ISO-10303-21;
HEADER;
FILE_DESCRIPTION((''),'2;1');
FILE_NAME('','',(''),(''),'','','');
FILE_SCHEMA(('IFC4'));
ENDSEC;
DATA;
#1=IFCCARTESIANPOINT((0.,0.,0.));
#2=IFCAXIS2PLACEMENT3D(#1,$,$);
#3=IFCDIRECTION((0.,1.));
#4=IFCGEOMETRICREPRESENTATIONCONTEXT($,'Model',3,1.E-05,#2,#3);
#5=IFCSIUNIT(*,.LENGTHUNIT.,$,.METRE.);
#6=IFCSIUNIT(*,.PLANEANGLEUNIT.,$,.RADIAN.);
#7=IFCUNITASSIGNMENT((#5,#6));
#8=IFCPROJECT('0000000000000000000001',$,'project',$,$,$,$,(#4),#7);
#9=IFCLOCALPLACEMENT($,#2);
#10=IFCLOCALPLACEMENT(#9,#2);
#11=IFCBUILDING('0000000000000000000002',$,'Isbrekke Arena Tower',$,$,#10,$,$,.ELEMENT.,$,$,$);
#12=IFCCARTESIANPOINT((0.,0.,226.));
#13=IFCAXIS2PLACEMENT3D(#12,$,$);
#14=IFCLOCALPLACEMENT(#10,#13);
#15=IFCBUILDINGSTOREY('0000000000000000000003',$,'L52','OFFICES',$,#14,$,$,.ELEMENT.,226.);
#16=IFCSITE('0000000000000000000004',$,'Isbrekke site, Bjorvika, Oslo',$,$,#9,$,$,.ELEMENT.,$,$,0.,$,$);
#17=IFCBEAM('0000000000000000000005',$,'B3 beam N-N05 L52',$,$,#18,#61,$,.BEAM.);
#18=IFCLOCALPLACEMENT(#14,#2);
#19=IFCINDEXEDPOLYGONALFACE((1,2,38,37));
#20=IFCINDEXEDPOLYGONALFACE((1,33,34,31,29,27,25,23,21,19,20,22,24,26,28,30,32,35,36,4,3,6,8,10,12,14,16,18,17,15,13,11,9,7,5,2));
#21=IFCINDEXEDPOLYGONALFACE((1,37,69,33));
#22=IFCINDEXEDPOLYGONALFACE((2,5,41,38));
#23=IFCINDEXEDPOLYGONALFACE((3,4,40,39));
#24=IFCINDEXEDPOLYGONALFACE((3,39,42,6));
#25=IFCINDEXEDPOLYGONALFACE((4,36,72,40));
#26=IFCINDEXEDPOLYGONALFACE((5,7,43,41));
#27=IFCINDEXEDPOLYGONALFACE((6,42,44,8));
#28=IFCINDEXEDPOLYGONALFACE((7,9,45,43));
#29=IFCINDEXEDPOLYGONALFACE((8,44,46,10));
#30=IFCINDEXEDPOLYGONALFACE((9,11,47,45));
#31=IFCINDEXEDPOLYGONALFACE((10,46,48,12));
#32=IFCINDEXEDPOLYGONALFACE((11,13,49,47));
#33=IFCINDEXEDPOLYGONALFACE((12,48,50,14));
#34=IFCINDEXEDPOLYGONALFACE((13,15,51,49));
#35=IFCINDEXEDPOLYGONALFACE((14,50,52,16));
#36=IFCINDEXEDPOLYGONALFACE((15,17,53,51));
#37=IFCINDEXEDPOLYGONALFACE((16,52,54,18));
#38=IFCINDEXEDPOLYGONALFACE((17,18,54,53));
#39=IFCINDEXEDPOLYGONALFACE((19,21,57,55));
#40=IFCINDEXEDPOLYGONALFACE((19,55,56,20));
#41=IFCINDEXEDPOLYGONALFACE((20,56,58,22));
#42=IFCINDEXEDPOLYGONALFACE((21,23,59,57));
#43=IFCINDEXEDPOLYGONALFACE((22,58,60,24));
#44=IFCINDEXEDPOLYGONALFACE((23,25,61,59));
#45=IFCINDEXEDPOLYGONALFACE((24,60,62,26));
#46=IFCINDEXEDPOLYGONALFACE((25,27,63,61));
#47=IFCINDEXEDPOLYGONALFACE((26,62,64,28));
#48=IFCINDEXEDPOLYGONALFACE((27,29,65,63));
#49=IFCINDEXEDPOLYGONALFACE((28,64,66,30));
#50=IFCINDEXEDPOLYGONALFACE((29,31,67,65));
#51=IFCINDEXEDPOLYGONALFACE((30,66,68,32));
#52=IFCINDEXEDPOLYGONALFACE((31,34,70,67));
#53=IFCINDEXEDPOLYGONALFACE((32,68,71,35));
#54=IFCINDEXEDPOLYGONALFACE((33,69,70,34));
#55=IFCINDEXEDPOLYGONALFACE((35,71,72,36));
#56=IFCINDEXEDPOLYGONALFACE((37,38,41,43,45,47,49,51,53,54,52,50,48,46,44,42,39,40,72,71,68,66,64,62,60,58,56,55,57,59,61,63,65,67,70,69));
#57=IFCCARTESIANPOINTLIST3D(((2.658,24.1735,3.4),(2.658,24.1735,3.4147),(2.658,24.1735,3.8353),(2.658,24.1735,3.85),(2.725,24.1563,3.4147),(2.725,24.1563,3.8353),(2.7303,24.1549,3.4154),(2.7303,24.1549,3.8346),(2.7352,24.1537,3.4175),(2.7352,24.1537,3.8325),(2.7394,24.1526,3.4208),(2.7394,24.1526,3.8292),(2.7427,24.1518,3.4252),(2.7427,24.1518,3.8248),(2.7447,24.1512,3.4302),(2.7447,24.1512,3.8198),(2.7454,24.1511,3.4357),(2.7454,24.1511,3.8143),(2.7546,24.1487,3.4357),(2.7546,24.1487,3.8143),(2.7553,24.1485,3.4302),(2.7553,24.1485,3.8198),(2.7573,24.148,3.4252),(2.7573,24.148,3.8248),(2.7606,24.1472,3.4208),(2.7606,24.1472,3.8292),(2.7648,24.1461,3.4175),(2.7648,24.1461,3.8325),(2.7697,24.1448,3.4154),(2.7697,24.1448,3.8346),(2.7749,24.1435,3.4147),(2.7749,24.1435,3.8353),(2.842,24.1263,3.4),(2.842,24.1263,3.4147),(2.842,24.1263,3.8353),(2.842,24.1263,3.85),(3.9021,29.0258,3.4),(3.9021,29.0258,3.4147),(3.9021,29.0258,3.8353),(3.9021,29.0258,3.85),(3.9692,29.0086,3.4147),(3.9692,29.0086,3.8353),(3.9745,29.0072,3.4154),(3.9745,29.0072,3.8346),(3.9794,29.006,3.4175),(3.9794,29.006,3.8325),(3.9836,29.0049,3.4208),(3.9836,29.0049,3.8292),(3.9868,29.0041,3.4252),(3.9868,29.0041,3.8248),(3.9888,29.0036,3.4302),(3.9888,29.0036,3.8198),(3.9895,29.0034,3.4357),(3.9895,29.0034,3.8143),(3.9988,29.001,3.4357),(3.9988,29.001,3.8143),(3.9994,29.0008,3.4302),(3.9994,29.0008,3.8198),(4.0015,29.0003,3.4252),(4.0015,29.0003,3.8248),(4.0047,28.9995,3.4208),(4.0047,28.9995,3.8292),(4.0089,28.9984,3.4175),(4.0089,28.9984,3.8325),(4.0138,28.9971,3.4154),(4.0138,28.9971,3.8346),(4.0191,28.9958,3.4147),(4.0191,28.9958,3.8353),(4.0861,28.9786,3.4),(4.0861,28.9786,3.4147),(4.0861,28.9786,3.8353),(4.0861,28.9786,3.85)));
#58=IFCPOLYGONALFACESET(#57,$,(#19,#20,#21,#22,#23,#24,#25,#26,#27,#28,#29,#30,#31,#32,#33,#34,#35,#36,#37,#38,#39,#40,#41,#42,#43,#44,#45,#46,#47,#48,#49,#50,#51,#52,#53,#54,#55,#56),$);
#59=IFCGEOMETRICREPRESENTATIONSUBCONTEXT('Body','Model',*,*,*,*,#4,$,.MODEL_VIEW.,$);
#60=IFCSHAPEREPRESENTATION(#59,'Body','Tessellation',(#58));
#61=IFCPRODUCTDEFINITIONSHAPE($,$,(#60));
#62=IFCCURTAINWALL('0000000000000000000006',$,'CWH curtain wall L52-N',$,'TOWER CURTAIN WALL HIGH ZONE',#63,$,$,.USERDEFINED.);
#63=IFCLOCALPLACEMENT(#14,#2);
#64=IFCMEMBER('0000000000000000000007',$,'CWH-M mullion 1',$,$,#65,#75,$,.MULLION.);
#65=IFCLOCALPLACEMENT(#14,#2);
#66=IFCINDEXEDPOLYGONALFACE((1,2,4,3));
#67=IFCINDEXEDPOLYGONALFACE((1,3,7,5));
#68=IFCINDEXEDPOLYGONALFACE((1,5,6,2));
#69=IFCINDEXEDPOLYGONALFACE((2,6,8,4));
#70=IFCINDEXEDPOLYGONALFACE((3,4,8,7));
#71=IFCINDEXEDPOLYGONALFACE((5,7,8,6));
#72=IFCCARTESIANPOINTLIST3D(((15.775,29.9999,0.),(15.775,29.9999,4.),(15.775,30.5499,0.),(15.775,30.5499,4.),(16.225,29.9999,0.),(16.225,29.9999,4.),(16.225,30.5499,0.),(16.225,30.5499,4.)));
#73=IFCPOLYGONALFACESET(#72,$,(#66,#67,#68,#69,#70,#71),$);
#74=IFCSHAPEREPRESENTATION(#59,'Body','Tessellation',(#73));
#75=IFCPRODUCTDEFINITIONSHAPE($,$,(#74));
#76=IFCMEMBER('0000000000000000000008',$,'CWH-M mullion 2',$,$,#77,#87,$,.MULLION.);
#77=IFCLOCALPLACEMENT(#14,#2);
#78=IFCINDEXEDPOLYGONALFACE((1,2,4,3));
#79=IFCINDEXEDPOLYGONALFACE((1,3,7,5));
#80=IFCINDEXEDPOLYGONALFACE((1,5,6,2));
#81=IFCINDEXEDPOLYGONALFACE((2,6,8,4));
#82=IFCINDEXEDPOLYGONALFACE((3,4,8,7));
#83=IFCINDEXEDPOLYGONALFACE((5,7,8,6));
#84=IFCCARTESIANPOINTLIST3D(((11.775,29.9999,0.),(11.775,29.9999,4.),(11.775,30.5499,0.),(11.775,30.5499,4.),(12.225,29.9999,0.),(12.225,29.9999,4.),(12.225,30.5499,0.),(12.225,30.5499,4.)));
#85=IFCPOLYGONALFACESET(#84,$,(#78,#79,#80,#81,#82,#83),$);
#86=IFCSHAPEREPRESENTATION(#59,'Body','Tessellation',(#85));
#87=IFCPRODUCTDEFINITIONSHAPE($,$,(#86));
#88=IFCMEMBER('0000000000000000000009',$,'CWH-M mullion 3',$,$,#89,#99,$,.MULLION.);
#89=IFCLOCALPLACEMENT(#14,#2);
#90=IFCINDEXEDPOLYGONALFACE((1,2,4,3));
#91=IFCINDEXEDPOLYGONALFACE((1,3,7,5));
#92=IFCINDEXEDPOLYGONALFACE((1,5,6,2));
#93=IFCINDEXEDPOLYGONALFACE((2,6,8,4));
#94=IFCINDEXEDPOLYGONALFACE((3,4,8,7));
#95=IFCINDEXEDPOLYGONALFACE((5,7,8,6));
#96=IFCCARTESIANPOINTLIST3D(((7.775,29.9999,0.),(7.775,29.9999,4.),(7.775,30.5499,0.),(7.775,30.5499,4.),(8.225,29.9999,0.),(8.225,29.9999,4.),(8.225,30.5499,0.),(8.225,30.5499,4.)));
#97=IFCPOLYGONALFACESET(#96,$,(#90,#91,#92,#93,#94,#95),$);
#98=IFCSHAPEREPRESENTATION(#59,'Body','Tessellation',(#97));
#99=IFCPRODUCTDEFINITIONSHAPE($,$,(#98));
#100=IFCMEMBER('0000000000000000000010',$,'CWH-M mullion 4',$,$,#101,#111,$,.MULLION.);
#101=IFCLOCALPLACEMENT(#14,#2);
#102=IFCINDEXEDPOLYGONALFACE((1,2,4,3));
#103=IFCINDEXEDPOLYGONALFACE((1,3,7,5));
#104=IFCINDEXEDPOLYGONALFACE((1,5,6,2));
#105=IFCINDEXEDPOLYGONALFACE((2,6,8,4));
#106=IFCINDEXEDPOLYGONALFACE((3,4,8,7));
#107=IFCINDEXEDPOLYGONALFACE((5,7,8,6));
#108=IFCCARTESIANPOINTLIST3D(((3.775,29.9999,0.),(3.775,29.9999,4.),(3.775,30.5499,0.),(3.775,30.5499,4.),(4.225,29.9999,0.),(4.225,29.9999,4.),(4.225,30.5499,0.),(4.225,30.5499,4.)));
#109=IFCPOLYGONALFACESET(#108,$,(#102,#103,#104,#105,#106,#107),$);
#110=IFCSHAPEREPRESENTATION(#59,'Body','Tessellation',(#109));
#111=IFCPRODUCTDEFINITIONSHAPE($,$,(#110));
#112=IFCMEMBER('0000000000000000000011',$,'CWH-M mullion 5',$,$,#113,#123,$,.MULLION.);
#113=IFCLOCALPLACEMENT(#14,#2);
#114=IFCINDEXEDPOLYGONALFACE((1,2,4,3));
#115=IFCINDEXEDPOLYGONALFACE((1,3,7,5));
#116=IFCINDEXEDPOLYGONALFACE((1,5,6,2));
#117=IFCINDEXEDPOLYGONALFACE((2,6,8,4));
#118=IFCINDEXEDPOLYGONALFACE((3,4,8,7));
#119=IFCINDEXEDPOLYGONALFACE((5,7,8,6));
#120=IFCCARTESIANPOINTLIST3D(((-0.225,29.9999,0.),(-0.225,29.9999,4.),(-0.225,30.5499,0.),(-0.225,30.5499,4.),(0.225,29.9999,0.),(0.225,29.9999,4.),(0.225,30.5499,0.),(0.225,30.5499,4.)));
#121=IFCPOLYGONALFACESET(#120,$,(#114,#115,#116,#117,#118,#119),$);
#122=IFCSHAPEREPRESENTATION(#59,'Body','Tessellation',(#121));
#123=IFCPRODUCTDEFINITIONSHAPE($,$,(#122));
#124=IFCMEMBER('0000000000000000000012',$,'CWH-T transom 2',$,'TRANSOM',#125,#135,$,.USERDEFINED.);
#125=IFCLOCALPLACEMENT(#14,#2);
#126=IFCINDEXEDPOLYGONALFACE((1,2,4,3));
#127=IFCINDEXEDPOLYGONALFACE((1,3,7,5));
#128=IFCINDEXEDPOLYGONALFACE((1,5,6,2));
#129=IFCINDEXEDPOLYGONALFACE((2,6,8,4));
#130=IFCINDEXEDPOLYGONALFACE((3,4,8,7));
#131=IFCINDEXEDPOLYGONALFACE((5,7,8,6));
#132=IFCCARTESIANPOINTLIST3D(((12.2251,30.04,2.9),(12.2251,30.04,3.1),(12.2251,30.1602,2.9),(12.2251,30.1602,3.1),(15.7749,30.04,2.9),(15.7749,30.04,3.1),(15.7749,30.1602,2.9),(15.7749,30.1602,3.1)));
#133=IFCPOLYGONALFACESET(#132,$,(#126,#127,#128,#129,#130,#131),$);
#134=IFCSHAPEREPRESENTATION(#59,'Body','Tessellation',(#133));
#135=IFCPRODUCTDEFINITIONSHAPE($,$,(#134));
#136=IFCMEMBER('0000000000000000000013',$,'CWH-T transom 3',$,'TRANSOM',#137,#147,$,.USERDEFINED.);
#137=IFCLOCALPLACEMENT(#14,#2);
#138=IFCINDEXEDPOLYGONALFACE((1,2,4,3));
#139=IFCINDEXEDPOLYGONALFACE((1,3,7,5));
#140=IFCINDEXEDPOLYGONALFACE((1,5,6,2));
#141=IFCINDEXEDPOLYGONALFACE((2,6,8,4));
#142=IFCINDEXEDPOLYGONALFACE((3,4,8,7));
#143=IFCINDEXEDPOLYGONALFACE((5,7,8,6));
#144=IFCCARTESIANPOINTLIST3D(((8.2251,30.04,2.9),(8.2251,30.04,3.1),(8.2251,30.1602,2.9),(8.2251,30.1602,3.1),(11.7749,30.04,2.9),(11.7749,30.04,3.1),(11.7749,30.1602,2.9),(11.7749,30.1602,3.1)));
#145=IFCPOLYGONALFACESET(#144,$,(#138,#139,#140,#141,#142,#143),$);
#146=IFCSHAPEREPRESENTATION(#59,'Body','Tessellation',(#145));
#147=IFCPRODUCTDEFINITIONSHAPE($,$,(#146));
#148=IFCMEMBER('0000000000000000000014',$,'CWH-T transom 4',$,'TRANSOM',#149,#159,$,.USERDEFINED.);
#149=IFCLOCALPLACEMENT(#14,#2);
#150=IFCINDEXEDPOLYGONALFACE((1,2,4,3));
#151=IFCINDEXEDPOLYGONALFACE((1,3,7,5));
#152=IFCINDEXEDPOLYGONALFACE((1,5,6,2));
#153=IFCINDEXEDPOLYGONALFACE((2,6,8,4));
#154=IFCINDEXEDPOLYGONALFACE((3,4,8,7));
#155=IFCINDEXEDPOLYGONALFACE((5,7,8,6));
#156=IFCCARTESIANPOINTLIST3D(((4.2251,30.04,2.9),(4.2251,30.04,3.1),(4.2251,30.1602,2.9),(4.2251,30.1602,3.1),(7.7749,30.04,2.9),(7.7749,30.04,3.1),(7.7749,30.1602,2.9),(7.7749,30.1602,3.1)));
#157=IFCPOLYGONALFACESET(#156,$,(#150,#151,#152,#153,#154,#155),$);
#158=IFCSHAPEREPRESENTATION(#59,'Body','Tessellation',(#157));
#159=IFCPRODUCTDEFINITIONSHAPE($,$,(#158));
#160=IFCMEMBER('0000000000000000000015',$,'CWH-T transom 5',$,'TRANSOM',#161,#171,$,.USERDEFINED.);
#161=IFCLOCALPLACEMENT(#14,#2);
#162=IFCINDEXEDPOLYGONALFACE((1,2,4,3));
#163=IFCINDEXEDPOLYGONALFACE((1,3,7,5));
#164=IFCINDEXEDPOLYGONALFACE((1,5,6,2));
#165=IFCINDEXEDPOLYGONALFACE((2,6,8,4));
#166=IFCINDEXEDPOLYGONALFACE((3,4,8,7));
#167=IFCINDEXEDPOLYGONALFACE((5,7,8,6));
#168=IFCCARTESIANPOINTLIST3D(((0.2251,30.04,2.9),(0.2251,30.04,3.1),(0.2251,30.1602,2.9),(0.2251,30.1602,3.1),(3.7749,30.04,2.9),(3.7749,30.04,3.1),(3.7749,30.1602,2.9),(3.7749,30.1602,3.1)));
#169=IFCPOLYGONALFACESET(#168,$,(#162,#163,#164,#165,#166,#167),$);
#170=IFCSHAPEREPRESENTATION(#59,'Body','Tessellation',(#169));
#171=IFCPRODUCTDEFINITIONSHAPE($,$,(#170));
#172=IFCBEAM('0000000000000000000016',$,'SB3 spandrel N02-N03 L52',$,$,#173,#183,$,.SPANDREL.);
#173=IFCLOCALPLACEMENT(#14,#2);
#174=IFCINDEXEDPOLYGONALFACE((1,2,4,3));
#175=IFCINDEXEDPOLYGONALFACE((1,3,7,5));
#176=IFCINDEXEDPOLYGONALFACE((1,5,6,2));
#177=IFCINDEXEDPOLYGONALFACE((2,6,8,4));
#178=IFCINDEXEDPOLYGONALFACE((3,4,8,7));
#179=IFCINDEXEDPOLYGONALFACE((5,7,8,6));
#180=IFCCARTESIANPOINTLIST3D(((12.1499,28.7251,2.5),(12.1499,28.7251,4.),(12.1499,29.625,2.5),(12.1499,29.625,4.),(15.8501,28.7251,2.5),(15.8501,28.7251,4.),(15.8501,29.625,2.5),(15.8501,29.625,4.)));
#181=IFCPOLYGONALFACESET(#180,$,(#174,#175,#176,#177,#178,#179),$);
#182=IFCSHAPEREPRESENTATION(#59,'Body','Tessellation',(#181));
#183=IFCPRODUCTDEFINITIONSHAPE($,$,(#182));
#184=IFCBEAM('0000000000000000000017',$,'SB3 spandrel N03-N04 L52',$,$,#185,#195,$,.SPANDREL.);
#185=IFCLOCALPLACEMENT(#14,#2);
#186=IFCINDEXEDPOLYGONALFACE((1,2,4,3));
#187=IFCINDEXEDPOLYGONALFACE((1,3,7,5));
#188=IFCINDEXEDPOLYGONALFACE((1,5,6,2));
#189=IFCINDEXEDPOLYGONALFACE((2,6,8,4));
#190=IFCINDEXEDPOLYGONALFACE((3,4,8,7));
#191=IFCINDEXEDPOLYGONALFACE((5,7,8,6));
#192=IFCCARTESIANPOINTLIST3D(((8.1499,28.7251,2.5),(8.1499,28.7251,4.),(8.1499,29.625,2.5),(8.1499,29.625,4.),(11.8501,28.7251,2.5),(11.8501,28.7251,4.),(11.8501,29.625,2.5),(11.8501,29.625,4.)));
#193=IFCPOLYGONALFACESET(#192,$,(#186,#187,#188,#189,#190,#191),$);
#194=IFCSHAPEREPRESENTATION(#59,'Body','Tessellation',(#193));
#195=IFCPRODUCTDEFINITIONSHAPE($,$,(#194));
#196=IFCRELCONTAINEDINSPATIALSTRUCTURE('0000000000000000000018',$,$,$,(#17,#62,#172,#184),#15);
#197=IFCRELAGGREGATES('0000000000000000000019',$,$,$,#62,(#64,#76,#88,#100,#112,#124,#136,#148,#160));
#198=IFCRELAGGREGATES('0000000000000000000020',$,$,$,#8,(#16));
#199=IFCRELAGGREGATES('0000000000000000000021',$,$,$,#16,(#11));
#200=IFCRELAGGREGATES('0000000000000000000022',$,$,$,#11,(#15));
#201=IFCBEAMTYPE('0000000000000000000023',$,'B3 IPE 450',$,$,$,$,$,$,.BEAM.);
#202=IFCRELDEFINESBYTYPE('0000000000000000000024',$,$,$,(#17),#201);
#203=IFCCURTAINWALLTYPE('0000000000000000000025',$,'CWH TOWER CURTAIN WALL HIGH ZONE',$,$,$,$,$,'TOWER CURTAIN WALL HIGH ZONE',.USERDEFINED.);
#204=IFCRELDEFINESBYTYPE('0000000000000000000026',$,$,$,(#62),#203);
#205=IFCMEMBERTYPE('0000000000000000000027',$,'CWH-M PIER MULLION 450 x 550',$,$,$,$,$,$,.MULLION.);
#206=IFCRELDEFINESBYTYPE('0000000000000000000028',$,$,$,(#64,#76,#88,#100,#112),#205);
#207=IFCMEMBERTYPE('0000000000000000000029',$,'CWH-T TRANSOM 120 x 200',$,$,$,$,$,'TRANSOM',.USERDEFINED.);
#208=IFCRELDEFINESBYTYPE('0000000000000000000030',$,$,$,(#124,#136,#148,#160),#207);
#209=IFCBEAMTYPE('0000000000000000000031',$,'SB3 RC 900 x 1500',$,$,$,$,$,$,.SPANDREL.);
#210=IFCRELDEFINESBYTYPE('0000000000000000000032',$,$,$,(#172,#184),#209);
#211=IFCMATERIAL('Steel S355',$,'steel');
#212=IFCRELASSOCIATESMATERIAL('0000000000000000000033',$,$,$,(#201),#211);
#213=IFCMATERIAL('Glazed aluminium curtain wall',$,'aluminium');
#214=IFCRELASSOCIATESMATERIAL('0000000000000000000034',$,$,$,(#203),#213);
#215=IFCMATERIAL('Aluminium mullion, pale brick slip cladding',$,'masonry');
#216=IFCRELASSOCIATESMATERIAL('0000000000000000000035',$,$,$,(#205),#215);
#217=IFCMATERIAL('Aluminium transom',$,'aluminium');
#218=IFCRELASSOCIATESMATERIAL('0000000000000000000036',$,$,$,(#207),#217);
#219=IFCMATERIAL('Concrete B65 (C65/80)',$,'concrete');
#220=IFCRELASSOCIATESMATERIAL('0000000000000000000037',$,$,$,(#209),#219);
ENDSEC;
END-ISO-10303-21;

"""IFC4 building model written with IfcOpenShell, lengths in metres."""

from ifc_helpers import new_model, si_unit, direction, frame, origin, origin_2d, place, context, subcontext, project, spatial, rectangle, i_section, extrude, material, material_profile, profile_set, type_object, element, aggregate, save


model = new_model("IFC4")

# Units and contexts
model_context = context("Model", 3, precision=1e-05, world=origin(), true_north=direction((0.0, 1.0)))
body_context = subcontext(model_context, "Body", "Model", "MODEL_VIEW")
ifc_project = project(units=[si_unit("LENGTHUNIT", "METRE"), si_unit("PLANEANGLEUNIT", "RADIAN")], contexts=[model_context])

# Site, building, storey
site_placement = place(None, origin())
site = spatial("IfcSite", under=ifc_project, at=site_placement, Name="Isbrekke site, Bjorvika, Oslo", CompositionType="ELEMENT", RefElevation=0.0)
building_placement = place(site_placement, origin())
building = spatial("IfcBuilding", under=site, at=building_placement, Name="Isbrekke Arena Tower", CompositionType="ELEMENT")
storey_placement = place(building_placement, frame((0.0, 0.0, 226.0)))
storey = spatial("IfcBuildingStorey", under=building, at=storey_placement, Name="L52", Description="OFFICES", CompositionType="ELEMENT", Elevation=226.0)

# Beam
ifc_material_1 = material(Name="Steel S355", Category="steel")
ifc_material_profile_1 = material_profile(ifc_material_1, i_section(OverallWidth=0.1899, OverallDepth=0.45, WebThickness=0.0095, FlangeThickness=0.0146, FilletRadius=0.021, at=origin_2d()), Name="IPE 450")
ifc_profile_set_1 = profile_set([ifc_material_profile_1], Name="Steel S355")
beam_type_1 = type_object("IfcBeamType", Name="B3 IPE 450", PredefinedType="BEAM", material=ifc_profile_set_1)
beam_1_placement = place(storey_placement, frame((3.9941, 29.0022, 3.625), z_axis=(-0.248368, -0.968666, 0.0), x_axis=(0.968666, -0.248368, 0.0)))
element("IfcBeam", 1, at=beam_1_placement, inside=storey, type_object=beam_type_1, Name="B3 beam N-N05 L52", PredefinedType="BEAM", context=body_context, shape_type="SweptSolid", body=[
    extrude(i_section(OverallWidth=0.1899, OverallDepth=0.45, WebThickness=0.0095, FlangeThickness=0.0146, FilletRadius=0.021, at=origin_2d()), origin(), (0.0, 0.0, 1.0), 5.0093),
])

# Curtain wall, members
ifc_material_2 = material(Name="Glazed aluminium curtain wall", Category="aluminium")
curtain_wall_type = type_object("IfcCurtainWallType", Name="CWH TOWER CURTAIN WALL HIGH ZONE", ElementType="TOWER CURTAIN WALL HIGH ZONE", PredefinedType="USERDEFINED", material=ifc_material_2)
curtain_wall_placement = place(storey_placement, origin())
curtain_wall = element("IfcCurtainWall", 2, at=curtain_wall_placement, inside=storey, type_object=curtain_wall_type, Name="CWH curtain wall L52-N", ObjectType="TOWER CURTAIN WALL HIGH ZONE", PredefinedType="USERDEFINED")
ifc_material_3 = material(Name="Aluminium mullion, pale brick slip cladding", Category="masonry")
ifc_material_profile_2 = material_profile(ifc_material_3, rectangle(XDim=0.45, YDim=0.55, at=origin_2d()), Name="PIER 450X550")
ifc_profile_set_2 = profile_set([ifc_material_profile_2], Name="Aluminium mullion, pale brick slip cladding")
member_type_1 = type_object("IfcMemberType", Name="CWH-M PIER MULLION 450 x 550", PredefinedType="MULLION", material=ifc_profile_set_2)
member_1_placement = place(storey_placement, frame((16.0, 30.2749, 0.0), z_axis=(0.0, 0.0, 1.0), x_axis=(-1.0, 0.0, 0.0)))
member_1 = element("IfcMember", 3, at=member_1_placement, type_object=member_type_1, Name="CWH-M mullion 1", PredefinedType="MULLION", context=body_context, shape_type="SweptSolid", body=[
    extrude(rectangle(XDim=0.45, YDim=0.55, at=origin_2d()), origin(), (0.0, 0.0, 1.0), 4.0),
])
member_2_placement = place(storey_placement, frame((12.0, 30.2749, 0.0), z_axis=(0.0, 0.0, 1.0), x_axis=(-1.0, 0.0, 0.0)))
member_2 = element("IfcMember", 4, at=member_2_placement, type_object=member_type_1, Name="CWH-M mullion 2", PredefinedType="MULLION", context=body_context, shape_type="SweptSolid", body=[
    extrude(rectangle(XDim=0.45, YDim=0.55, at=origin_2d()), origin(), (0.0, 0.0, 1.0), 4.0),
])
member_3_placement = place(storey_placement, frame((8.0, 30.2749, 0.0), z_axis=(0.0, 0.0, 1.0), x_axis=(-1.0, 0.0, 0.0)))
member_3 = element("IfcMember", 5, at=member_3_placement, type_object=member_type_1, Name="CWH-M mullion 3", PredefinedType="MULLION", context=body_context, shape_type="SweptSolid", body=[
    extrude(rectangle(XDim=0.45, YDim=0.55, at=origin_2d()), origin(), (0.0, 0.0, 1.0), 4.0),
])
member_4_placement = place(storey_placement, frame((4.0, 30.2749, 0.0), z_axis=(0.0, 0.0, 1.0), x_axis=(-1.0, 0.0, 0.0)))
member_4 = element("IfcMember", 6, at=member_4_placement, type_object=member_type_1, Name="CWH-M mullion 4", PredefinedType="MULLION", context=body_context, shape_type="SweptSolid", body=[
    extrude(rectangle(XDim=0.45, YDim=0.55, at=origin_2d()), origin(), (0.0, 0.0, 1.0), 4.0),
])
member_5_placement = place(storey_placement, frame((0.0, 30.2749, 0.0), z_axis=(0.0, 0.0, 1.0), x_axis=(-1.0, 0.0, 0.0)))
member_5 = element("IfcMember", 7, at=member_5_placement, type_object=member_type_1, Name="CWH-M mullion 5", PredefinedType="MULLION", context=body_context, shape_type="SweptSolid", body=[
    extrude(rectangle(XDim=0.45, YDim=0.55, at=origin_2d()), origin(), (0.0, 0.0, 1.0), 4.0),
])
ifc_material_4 = material(Name="Aluminium transom", Category="aluminium")
ifc_material_profile_3 = material_profile(ifc_material_4, rectangle(XDim=0.1201, YDim=0.2, at=origin_2d()), Name="TRANSOM 120X200")
ifc_profile_set_3 = profile_set([ifc_material_profile_3], Name="Aluminium transom")
member_type_2 = type_object("IfcMemberType", Name="CWH-T TRANSOM 120 x 200", ElementType="TRANSOM", PredefinedType="USERDEFINED", material=ifc_profile_set_3)
member_6_placement = place(storey_placement, frame((15.7749, 30.1001, 3.0), z_axis=(-1.0, 0.0, 0.0), x_axis=(0.0, -1.0, 0.0)))
member_6 = element("IfcMember", 8, at=member_6_placement, type_object=member_type_2, Name="CWH-T transom 2", ObjectType="TRANSOM", PredefinedType="USERDEFINED", context=body_context, shape_type="SweptSolid", body=[
    extrude(rectangle(XDim=0.1201, YDim=0.2, at=origin_2d()), origin(), (0.0, 0.0, 1.0), 3.5498),
])
member_7_placement = place(storey_placement, frame((11.7749, 30.1001, 3.0), z_axis=(-1.0, 0.0, 0.0), x_axis=(0.0, -1.0, 0.0)))
member_7 = element("IfcMember", 9, at=member_7_placement, type_object=member_type_2, Name="CWH-T transom 3", ObjectType="TRANSOM", PredefinedType="USERDEFINED", context=body_context, shape_type="SweptSolid", body=[
    extrude(rectangle(XDim=0.1201, YDim=0.2, at=origin_2d()), origin(), (0.0, 0.0, 1.0), 3.5498),
])
member_8_placement = place(storey_placement, frame((7.7749, 30.1001, 3.0), z_axis=(-1.0, 0.0, 0.0), x_axis=(0.0, -1.0, 0.0)))
member_8 = element("IfcMember", 10, at=member_8_placement, type_object=member_type_2, Name="CWH-T transom 4", ObjectType="TRANSOM", PredefinedType="USERDEFINED", context=body_context, shape_type="SweptSolid", body=[
    extrude(rectangle(XDim=0.1201, YDim=0.2, at=origin_2d()), origin(), (0.0, 0.0, 1.0), 3.5498),
])
member_9_placement = place(storey_placement, frame((3.7749, 30.1001, 3.0), z_axis=(-1.0, 0.0, 0.0), x_axis=(0.0, -1.0, 0.0)))
member_9 = element("IfcMember", 11, at=member_9_placement, type_object=member_type_2, Name="CWH-T transom 5", ObjectType="TRANSOM", PredefinedType="USERDEFINED", context=body_context, shape_type="SweptSolid", body=[
    extrude(rectangle(XDim=0.1201, YDim=0.2, at=origin_2d()), origin(), (0.0, 0.0, 1.0), 3.5498),
])

# Beams
ifc_material_5 = material(Name="Concrete B65 (C65/80)", Category="concrete")
ifc_material_profile_4 = material_profile(ifc_material_5, rectangle(XDim=0.8999, YDim=1.5, at=origin_2d()), Name="RC 900x1500")
ifc_profile_set_4 = profile_set([ifc_material_profile_4], Name="Concrete B65 (C65/80)")
beam_type_2 = type_object("IfcBeamType", Name="SB3 RC 900 x 1500", PredefinedType="SPANDREL", material=ifc_profile_set_4)
for number, where, z_axis, x_axis, name in (
    (12, (15.8501, 29.175, 3.25), (-1.0, 0.0, 0.0), (0.0, -1.0, 0.0), "SB3 spandrel N02-N03 L52"),
    (13, (11.8501, 29.175, 3.25), (-1.0, 0.0, 0.0), (0.0, -1.0, 0.0), "SB3 spandrel N03-N04 L52"),
):
    element("IfcBeam", number, at=place(storey_placement, frame(where, z_axis=z_axis, x_axis=x_axis)), inside=storey, type_object=beam_type_2, Name=name, PredefinedType="SPANDREL", context=body_context, shape_type="SweptSolid", body=[
        extrude(rectangle(XDim=0.8999, YDim=1.5, at=origin_2d()), origin(), (0.0, 0.0, 1.0), 3.7002),
    ])

aggregate(curtain_wall, [member_1, member_2, member_3, member_4, member_5, member_6, member_7, member_8, member_9])

save(model, "model.ifc")
